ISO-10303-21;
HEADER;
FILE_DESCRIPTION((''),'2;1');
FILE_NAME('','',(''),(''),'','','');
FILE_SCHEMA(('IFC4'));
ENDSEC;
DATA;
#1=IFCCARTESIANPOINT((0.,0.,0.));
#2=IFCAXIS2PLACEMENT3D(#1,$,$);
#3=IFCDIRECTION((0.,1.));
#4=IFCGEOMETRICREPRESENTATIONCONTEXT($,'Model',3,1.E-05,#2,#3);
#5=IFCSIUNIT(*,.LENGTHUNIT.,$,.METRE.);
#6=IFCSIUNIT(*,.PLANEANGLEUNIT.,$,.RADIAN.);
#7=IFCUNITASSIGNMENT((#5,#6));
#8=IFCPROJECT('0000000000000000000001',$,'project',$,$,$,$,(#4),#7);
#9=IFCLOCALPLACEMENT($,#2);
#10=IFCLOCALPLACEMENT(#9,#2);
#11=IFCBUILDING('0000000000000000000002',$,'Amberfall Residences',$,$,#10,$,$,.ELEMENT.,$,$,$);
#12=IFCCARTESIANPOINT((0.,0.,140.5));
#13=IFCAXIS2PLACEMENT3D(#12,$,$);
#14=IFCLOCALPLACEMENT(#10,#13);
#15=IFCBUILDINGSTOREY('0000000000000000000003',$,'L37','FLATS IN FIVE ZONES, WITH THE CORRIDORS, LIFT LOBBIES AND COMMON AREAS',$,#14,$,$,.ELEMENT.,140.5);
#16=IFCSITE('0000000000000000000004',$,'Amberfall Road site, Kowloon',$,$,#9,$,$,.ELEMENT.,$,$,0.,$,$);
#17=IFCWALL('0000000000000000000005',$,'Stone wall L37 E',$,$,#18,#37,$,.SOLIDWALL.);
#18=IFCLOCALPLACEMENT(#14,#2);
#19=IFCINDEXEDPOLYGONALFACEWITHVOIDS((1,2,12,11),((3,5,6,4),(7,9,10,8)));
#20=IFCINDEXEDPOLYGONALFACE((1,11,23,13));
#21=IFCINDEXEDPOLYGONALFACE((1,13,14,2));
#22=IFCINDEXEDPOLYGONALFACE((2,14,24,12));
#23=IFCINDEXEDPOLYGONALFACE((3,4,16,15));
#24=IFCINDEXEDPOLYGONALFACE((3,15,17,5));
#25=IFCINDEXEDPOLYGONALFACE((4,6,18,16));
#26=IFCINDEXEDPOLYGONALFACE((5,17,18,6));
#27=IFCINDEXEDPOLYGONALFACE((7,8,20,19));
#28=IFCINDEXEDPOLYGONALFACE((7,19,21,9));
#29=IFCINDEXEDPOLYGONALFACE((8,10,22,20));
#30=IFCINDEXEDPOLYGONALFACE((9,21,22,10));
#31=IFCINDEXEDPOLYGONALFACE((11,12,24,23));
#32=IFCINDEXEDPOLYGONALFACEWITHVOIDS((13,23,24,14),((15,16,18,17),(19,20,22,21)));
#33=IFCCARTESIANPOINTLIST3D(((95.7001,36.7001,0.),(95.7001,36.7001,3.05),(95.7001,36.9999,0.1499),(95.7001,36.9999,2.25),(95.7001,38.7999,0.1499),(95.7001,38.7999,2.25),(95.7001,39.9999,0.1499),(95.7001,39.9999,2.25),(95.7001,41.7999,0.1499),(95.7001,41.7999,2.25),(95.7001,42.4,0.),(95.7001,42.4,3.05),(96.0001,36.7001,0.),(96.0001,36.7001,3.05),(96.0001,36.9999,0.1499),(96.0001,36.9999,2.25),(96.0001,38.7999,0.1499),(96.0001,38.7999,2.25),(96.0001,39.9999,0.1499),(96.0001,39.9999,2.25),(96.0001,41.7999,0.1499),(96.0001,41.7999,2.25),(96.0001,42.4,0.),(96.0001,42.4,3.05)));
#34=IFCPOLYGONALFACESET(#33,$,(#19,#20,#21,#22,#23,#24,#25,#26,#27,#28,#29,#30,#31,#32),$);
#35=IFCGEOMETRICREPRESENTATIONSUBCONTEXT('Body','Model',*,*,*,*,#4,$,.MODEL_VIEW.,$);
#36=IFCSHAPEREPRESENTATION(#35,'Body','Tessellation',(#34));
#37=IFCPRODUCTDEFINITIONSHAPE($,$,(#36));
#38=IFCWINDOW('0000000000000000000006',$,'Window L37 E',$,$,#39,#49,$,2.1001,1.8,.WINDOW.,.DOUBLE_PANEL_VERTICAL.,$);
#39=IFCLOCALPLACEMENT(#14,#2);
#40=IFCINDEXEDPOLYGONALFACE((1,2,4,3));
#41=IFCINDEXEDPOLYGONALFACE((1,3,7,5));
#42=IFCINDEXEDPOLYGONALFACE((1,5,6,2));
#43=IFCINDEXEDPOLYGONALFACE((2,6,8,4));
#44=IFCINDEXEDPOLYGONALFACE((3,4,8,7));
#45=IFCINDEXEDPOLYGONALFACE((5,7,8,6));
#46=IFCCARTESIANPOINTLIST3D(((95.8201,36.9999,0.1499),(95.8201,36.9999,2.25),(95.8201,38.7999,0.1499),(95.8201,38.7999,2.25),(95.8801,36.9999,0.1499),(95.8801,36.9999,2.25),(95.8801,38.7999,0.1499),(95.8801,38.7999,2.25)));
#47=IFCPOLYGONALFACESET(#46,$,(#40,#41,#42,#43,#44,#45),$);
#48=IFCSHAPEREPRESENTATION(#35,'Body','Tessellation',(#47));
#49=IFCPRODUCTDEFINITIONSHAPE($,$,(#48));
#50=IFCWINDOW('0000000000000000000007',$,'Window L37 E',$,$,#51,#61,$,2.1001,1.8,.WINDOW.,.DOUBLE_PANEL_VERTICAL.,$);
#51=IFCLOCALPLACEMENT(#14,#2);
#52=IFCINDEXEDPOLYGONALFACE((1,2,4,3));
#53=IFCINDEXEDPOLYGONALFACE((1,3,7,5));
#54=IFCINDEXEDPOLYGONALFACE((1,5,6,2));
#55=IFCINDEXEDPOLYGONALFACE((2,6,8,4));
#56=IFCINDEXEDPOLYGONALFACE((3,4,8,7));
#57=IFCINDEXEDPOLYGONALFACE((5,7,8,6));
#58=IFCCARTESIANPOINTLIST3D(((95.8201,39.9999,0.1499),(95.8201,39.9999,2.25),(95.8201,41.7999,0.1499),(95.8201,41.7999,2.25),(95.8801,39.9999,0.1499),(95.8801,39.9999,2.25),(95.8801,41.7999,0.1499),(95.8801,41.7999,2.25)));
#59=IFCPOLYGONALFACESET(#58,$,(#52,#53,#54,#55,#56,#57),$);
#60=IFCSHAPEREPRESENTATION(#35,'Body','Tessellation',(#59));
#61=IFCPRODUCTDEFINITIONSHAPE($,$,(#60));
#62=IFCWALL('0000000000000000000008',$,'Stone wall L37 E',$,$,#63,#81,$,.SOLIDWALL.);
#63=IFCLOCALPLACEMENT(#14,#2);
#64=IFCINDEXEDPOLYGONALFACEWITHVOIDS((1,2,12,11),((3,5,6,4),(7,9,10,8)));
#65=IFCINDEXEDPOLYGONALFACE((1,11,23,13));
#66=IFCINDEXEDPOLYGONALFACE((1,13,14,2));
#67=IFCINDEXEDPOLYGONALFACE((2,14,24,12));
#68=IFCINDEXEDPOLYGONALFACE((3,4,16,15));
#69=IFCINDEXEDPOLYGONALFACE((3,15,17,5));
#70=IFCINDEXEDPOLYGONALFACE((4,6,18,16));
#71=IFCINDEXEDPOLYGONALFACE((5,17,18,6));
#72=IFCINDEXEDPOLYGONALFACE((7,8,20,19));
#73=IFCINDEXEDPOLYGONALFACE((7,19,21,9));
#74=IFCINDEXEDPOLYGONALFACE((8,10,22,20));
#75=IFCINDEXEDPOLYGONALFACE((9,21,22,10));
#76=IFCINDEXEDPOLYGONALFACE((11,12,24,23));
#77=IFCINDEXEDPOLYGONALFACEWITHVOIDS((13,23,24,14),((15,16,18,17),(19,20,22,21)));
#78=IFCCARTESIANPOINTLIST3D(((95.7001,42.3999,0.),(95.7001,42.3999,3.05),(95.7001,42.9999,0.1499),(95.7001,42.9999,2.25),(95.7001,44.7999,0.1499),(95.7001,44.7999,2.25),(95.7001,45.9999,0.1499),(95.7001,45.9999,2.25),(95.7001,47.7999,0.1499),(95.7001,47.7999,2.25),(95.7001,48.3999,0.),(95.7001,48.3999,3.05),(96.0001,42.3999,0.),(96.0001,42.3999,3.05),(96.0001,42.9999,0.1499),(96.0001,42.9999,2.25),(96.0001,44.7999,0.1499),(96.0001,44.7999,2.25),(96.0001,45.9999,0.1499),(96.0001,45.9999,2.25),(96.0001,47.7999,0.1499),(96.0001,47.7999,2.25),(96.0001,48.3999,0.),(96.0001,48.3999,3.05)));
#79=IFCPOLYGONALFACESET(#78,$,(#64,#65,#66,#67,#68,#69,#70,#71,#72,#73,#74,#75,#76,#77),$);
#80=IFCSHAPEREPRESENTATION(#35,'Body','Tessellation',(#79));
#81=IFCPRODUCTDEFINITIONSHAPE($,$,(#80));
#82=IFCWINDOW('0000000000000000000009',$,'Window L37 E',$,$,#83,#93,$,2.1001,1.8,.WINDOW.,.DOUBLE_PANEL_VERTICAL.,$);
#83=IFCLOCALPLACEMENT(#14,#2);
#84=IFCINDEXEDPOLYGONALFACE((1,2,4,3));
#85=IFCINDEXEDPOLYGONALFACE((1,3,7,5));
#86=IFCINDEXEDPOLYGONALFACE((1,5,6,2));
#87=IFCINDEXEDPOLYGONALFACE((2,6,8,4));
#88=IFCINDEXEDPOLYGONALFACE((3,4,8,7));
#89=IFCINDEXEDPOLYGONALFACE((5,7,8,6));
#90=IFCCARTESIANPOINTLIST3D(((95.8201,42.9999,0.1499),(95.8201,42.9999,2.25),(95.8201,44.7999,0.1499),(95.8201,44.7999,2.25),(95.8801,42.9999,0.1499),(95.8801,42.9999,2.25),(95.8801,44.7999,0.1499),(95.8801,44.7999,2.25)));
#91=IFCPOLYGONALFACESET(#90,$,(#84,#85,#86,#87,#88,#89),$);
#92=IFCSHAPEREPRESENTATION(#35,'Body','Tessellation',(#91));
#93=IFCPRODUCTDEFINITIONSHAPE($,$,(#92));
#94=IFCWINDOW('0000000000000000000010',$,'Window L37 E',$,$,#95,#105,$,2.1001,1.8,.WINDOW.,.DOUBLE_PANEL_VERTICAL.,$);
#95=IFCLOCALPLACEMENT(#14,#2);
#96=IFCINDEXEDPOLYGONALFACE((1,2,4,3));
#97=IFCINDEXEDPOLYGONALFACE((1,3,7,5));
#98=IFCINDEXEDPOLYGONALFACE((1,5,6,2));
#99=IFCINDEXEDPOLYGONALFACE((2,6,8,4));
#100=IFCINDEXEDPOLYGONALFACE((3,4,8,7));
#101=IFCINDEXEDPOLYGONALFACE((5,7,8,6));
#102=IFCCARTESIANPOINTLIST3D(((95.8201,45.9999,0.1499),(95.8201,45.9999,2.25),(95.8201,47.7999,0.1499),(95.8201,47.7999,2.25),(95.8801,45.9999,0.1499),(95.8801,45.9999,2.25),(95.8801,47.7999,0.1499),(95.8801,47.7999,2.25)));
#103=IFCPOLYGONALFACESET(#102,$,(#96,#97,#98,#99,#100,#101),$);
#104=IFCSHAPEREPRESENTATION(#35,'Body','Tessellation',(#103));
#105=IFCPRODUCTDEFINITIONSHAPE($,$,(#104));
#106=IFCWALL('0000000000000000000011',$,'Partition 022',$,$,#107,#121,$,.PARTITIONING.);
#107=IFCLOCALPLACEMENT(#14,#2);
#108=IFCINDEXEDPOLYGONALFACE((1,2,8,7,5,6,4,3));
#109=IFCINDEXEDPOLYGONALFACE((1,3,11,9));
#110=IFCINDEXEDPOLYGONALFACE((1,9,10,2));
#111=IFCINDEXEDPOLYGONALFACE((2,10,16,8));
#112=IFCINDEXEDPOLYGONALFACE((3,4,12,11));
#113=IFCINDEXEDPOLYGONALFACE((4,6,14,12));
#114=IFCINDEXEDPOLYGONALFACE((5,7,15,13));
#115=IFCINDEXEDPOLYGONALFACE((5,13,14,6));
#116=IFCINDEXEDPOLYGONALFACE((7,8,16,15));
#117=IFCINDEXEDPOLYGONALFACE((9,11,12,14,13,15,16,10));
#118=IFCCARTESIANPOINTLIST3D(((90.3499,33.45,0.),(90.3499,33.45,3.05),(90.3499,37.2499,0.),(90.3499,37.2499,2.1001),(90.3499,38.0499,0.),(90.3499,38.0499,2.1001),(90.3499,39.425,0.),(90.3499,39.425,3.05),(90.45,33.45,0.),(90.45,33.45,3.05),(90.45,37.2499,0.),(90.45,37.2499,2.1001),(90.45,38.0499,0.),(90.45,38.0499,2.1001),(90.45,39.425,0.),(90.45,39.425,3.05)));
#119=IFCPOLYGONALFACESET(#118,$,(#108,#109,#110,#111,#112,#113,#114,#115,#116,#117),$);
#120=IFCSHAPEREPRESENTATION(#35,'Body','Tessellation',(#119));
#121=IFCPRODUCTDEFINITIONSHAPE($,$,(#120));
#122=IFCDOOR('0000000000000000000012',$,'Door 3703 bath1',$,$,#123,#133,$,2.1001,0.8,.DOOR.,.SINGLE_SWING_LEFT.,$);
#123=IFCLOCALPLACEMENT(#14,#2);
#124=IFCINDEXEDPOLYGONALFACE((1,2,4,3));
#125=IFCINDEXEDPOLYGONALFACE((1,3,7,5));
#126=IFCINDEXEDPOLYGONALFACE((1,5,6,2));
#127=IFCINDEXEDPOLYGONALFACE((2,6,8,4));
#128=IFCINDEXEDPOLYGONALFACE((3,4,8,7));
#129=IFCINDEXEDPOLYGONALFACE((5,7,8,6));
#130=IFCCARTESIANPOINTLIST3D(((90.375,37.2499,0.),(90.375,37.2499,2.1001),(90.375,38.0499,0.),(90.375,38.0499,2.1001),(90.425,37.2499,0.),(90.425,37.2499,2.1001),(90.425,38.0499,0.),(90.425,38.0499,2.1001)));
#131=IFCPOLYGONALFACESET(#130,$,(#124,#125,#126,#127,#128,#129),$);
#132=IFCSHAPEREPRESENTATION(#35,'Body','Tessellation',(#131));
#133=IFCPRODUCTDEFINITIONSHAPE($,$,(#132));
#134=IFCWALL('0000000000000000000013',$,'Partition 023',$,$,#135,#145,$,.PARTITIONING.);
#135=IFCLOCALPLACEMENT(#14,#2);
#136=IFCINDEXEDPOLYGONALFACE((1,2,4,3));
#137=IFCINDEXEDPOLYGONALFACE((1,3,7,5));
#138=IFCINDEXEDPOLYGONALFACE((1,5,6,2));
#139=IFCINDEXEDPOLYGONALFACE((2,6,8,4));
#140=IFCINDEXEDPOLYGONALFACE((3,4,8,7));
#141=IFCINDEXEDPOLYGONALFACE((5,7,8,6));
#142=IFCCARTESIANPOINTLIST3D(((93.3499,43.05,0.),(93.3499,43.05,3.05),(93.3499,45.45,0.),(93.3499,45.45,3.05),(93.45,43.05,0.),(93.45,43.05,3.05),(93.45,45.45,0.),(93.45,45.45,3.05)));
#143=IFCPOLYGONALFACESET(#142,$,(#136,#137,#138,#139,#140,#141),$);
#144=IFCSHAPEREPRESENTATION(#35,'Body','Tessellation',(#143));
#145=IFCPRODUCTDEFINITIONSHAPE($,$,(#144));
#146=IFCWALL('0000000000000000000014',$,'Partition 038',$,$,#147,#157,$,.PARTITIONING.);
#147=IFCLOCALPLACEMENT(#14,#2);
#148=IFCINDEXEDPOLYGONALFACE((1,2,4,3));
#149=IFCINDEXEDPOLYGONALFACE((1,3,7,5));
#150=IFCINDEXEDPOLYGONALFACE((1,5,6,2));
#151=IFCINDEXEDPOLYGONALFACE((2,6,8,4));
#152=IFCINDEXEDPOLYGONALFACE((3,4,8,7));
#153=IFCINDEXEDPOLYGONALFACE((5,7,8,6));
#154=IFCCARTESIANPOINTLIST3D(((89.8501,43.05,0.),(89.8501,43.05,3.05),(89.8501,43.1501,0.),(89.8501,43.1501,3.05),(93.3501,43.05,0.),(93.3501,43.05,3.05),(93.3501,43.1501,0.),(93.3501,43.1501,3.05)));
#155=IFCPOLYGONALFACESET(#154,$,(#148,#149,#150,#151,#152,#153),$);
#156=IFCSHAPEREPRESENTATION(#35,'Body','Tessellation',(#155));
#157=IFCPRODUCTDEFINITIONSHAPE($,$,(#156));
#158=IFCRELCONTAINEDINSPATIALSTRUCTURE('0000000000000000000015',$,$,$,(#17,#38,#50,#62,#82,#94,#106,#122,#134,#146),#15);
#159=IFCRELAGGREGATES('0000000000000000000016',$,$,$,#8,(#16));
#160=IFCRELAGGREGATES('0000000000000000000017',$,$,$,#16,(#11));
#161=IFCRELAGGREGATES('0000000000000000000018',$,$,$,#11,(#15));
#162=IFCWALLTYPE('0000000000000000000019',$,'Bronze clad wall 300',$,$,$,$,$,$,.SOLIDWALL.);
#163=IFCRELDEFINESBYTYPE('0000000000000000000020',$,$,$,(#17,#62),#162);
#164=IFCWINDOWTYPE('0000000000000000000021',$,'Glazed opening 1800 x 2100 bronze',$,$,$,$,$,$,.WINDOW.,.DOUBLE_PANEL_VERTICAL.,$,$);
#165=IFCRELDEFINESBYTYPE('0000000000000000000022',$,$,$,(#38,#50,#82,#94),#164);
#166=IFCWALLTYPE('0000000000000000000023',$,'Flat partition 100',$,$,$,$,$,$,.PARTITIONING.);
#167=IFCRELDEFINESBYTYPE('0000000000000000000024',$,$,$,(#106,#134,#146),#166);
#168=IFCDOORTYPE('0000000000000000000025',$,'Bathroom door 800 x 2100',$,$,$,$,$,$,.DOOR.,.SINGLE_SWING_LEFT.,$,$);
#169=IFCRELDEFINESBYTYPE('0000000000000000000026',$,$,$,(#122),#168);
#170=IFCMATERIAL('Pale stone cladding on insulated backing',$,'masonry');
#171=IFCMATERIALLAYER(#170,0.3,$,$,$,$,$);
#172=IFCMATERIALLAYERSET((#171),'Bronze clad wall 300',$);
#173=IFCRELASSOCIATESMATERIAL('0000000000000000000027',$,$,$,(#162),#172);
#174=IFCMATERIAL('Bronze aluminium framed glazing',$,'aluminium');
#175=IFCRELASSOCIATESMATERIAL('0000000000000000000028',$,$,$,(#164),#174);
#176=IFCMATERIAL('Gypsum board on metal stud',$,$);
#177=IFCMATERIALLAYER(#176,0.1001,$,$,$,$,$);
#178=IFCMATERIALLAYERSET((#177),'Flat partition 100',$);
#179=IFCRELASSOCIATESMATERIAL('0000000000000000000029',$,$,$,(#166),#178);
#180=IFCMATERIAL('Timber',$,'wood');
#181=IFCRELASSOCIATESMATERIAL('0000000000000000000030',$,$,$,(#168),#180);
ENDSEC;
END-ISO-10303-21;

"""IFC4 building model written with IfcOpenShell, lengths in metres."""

from ifc_helpers import new_model, si_unit, direction, frame, frame_2d, origin, place, context, subcontext, project, spatial, rectangle, extrude, material, layer, layer_set, type_object, element, fill, save


model = new_model("IFC4")

# Units and contexts
model_context = context("Model", 3, precision=1e-05, world=origin(), true_north=direction((0.0, 1.0)))
body_context = subcontext(model_context, "Body", "Model", "MODEL_VIEW")
ifc_project = project(units=[si_unit("LENGTHUNIT", "METRE"), si_unit("PLANEANGLEUNIT", "RADIAN")], contexts=[model_context])

# Site, building, storey
site_placement = place(None, origin())
site = spatial("IfcSite", under=ifc_project, at=site_placement, Name="Amberfall Road site, Kowloon", CompositionType="ELEMENT", RefElevation=0.0)
building_placement = place(site_placement, origin())
building = spatial("IfcBuilding", under=site, at=building_placement, Name="Amberfall Residences", CompositionType="ELEMENT")
storey_placement = place(building_placement, frame((0.0, 0.0, 140.5)))
storey = spatial("IfcBuildingStorey", under=building, at=storey_placement, Name="L37", Description="FLATS IN FIVE ZONES, WITH THE CORRIDORS, LIFT LOBBIES AND COMMON AREAS", CompositionType="ELEMENT", Elevation=140.5)

# Shared definitions
ifc_material_1 = material(Name="Pale stone cladding on insulated backing", Category="masonry")
ifc_layer_1 = layer(ifc_material_1, 0.3)
ifc_layer_set_1 = layer_set([ifc_layer_1], Name="Bronze clad wall 300")
wall_type_1 = type_object("IfcWallType", Name="Bronze clad wall 300", PredefinedType="SOLIDWALL", material=ifc_layer_set_1)
ifc_material_2 = material(Name="Bronze aluminium framed glazing", Category="aluminium")

# Walls, openings, windows
wall_1_placement = place(storey_placement, frame((95.8501, 36.7, 0.0), z_axis=(0.0, 0.0, 1.0), x_axis=(0.0, 1.0, 0.0)))
wall_1 = element("IfcWall", 1, at=wall_1_placement, inside=storey, type_object=wall_type_1, Name="Stone wall L37 E", PredefinedType="SOLIDWALL", context=body_context, shape_type="SweptSolid", body=[
    extrude(rectangle(XDim=5.7, YDim=0.3, at=frame_2d((2.8501, 0.0))), origin(), (0.0, 0.0, 1.0), 3.05),
])
opening_1_placement = place(wall_1_placement, frame((0.3, 0.0, 0.1499)))
opening_1 = element("IfcOpeningElement", 2, at=opening_1_placement, cuts=wall_1, PredefinedType="OPENING", context=body_context, shape_type="SweptSolid", body=[
    extrude(rectangle(XDim=1.8, YDim=2.1001, at=frame_2d((0.8999, 1.05))), frame((0.0, 0.1599, 0.0), z_axis=(0.0, -1.0, 0.0), x_axis=(1.0, 0.0, 0.0)), (0.0, 0.0, 1.0), 0.3201),
])
opening_2_placement = place(wall_1_placement, frame((3.3, 0.0, 0.1499)))
opening_2 = element("IfcOpeningElement", 3, at=opening_2_placement, cuts=wall_1, PredefinedType="OPENING", context=body_context, shape_type="SweptSolid", body=[
    extrude(rectangle(XDim=1.8, YDim=2.1001, at=frame_2d((0.8999, 1.05))), frame((0.0, 0.1599, 0.0), z_axis=(0.0, -1.0, 0.0), x_axis=(1.0, 0.0, 0.0)), (0.0, 0.0, 1.0), 0.3201),
])
window_type_1 = type_object("IfcWindowType", Name="Glazed opening 1800 x 2100 bronze", PartitioningType="DOUBLE_PANEL_VERTICAL", PredefinedType="WINDOW", material=ifc_material_2)
window_1_placement = place(opening_1_placement, origin())
window_1 = element("IfcWindow", 4, at=window_1_placement, inside=storey, type_object=window_type_1, Name="Window L37 E", OverallHeight=2.1001, OverallWidth=1.8, PartitioningType="DOUBLE_PANEL_VERTICAL", PredefinedType="WINDOW", context=body_context, shape_type="SweptSolid", body=[
    extrude(rectangle(XDim=1.8, YDim=2.1001, at=frame_2d((0.8999, 1.05))), frame((0.0, 0.03, 0.0), z_axis=(0.0, -1.0, 0.0), x_axis=(1.0, 0.0, 0.0)), (0.0, 0.0, 1.0), 0.0601),
])
fill(opening_1, window_1)
window_2_placement = place(opening_2_placement, origin())
window_2 = element("IfcWindow", 5, at=window_2_placement, inside=storey, type_object=window_type_1, Name="Window L37 E", OverallHeight=2.1001, OverallWidth=1.8, PartitioningType="DOUBLE_PANEL_VERTICAL", PredefinedType="WINDOW", context=body_context, shape_type="SweptSolid", body=[
    extrude(rectangle(XDim=1.8, YDim=2.1001, at=frame_2d((0.8999, 1.05))), frame((0.0, 0.03, 0.0), z_axis=(0.0, -1.0, 0.0), x_axis=(1.0, 0.0, 0.0)), (0.0, 0.0, 1.0), 0.0601),
])
fill(opening_2, window_2)
wall_2_placement = place(storey_placement, frame((95.8501, 42.3999, 0.0), z_axis=(0.0, 0.0, 1.0), x_axis=(0.0, 1.0, 0.0)))
wall_2 = element("IfcWall", 6, at=wall_2_placement, inside=storey, type_object=wall_type_1, Name="Stone wall L37 E", PredefinedType="SOLIDWALL", context=body_context, shape_type="SweptSolid", body=[
    extrude(rectangle(XDim=6.0, YDim=0.3, at=frame_2d((3.0, 0.0))), origin(), (0.0, 0.0, 1.0), 3.05),
])
opening_3_placement = place(wall_2_placement, frame((0.6001, 0.0, 0.1499)))
opening_3 = element("IfcOpeningElement", 7, at=opening_3_placement, cuts=wall_2, PredefinedType="OPENING", context=body_context, shape_type="SweptSolid", body=[
    extrude(rectangle(XDim=1.8, YDim=2.1001, at=frame_2d((0.8999, 1.05))), frame((0.0, 0.1599, 0.0), z_axis=(0.0, -1.0, 0.0), x_axis=(1.0, 0.0, 0.0)), (0.0, 0.0, 1.0), 0.3201),
])
opening_4_placement = place(wall_2_placement, frame((3.6001, 0.0, 0.1499)))
opening_4 = element("IfcOpeningElement", 8, at=opening_4_placement, cuts=wall_2, PredefinedType="OPENING", context=body_context, shape_type="SweptSolid", body=[
    extrude(rectangle(XDim=1.8, YDim=2.1001, at=frame_2d((0.8999, 1.05))), frame((0.0, 0.1599, 0.0), z_axis=(0.0, -1.0, 0.0), x_axis=(1.0, 0.0, 0.0)), (0.0, 0.0, 1.0), 0.3201),
])
window_3_placement = place(opening_3_placement, origin())
window_3 = element("IfcWindow", 9, at=window_3_placement, inside=storey, type_object=window_type_1, Name="Window L37 E", OverallHeight=2.1001, OverallWidth=1.8, PartitioningType="DOUBLE_PANEL_VERTICAL", PredefinedType="WINDOW", context=body_context, shape_type="SweptSolid", body=[
    extrude(rectangle(XDim=1.8, YDim=2.1001, at=frame_2d((0.8999, 1.05))), frame((0.0, 0.03, 0.0), z_axis=(0.0, -1.0, 0.0), x_axis=(1.0, 0.0, 0.0)), (0.0, 0.0, 1.0), 0.0601),
])
fill(opening_3, window_3)
window_4_placement = place(opening_4_placement, origin())
window_4 = element("IfcWindow", 10, at=window_4_placement, inside=storey, type_object=window_type_1, Name="Window L37 E", OverallHeight=2.1001, OverallWidth=1.8, PartitioningType="DOUBLE_PANEL_VERTICAL", PredefinedType="WINDOW", context=body_context, shape_type="SweptSolid", body=[
    extrude(rectangle(XDim=1.8, YDim=2.1001, at=frame_2d((0.8999, 1.05))), frame((0.0, 0.03, 0.0), z_axis=(0.0, -1.0, 0.0), x_axis=(1.0, 0.0, 0.0)), (0.0, 0.0, 1.0), 0.0601),
])
fill(opening_4, window_4)

# Wall, opening, door
ifc_material_3 = material(Name="Gypsum board on metal stud")
ifc_layer_2 = layer(ifc_material_3, 0.1001)
ifc_layer_set_2 = layer_set([ifc_layer_2], Name="Flat partition 100")
wall_type_2 = type_object("IfcWallType", Name="Flat partition 100", PredefinedType="PARTITIONING", material=ifc_layer_set_2)
wall_3_placement = place(storey_placement, frame((90.3999, 33.45, 0.0), z_axis=(0.0, 0.0, 1.0), x_axis=(0.0, 1.0, 0.0)))
wall_3 = element("IfcWall", 11, at=wall_3_placement, inside=storey, type_object=wall_type_2, Name="Partition 022", PredefinedType="PARTITIONING", context=body_context, shape_type="SweptSolid", body=[
    extrude(rectangle(XDim=5.9751, YDim=0.1001, at=frame_2d((2.9875, 0.0))), origin(), (0.0, 0.0, 1.0), 3.05),
])
opening_5_placement = place(wall_3_placement, frame((3.8, 0.0, 0.0)))
opening_5 = element("IfcOpeningElement", 12, at=opening_5_placement, cuts=wall_3, PredefinedType="OPENING", context=body_context, shape_type="SweptSolid", body=[
    extrude(rectangle(XDim=0.8, YDim=2.1001, at=frame_2d((0.3999, 1.05))), frame((0.0, 0.0601, 0.0), z_axis=(0.0, -1.0, 0.0), x_axis=(1.0, 0.0, 0.0)), (0.0, 0.0, 1.0), 0.1201),
])
ifc_material_4 = material(Name="Timber", Category="wood")
door_type_1 = type_object("IfcDoorType", Name="Bathroom door 800 x 2100", OperationType="SINGLE_SWING_LEFT", PredefinedType="DOOR", material=ifc_material_4)
door_1_placement = place(opening_5_placement, origin())
door_1 = element("IfcDoor", 13, at=door_1_placement, inside=storey, type_object=door_type_1, Name="Door 3703 bath1", OperationType="SINGLE_SWING_LEFT", OverallHeight=2.1001, OverallWidth=0.8, PredefinedType="DOOR", context=body_context, shape_type="SweptSolid", body=[
    extrude(rectangle(XDim=0.8, YDim=2.1001, at=frame_2d((0.3999, 1.05))), frame((0.0, 0.0249, 0.0), z_axis=(0.0, -1.0, 0.0), x_axis=(1.0, 0.0, 0.0)), (0.0, 0.0, 1.0), 0.05),
])
fill(opening_5, door_1)

# Walls
wall_4_placement = place(storey_placement, frame((93.3999, 43.05, 0.0), z_axis=(0.0, 0.0, 1.0), x_axis=(0.0, 1.0, 0.0)))
element("IfcWall", 14, at=wall_4_placement, inside=storey, type_object=wall_type_2, Name="Partition 023", PredefinedType="PARTITIONING", context=body_context, shape_type="SweptSolid", body=[
    extrude(rectangle(XDim=2.3999, YDim=0.1001, at=frame_2d((1.2, 0.0))), origin(), (0.0, 0.0, 1.0), 3.05),
])
wall_5_placement = place(storey_placement, frame((89.8501, 43.1001, 0.0), z_axis=(0.0, 0.0, 1.0), x_axis=(1.0, 0.0, 0.0)))
element("IfcWall", 15, at=wall_5_placement, inside=storey, type_object=wall_type_2, Name="Partition 038", PredefinedType="PARTITIONING", context=body_context, shape_type="SweptSolid", body=[
    extrude(rectangle(XDim=3.5, YDim=0.1001, at=frame_2d((1.75, 0.0))), origin(), (0.0, 0.0, 1.0), 3.05),
])

save(model, "model.ifc")
